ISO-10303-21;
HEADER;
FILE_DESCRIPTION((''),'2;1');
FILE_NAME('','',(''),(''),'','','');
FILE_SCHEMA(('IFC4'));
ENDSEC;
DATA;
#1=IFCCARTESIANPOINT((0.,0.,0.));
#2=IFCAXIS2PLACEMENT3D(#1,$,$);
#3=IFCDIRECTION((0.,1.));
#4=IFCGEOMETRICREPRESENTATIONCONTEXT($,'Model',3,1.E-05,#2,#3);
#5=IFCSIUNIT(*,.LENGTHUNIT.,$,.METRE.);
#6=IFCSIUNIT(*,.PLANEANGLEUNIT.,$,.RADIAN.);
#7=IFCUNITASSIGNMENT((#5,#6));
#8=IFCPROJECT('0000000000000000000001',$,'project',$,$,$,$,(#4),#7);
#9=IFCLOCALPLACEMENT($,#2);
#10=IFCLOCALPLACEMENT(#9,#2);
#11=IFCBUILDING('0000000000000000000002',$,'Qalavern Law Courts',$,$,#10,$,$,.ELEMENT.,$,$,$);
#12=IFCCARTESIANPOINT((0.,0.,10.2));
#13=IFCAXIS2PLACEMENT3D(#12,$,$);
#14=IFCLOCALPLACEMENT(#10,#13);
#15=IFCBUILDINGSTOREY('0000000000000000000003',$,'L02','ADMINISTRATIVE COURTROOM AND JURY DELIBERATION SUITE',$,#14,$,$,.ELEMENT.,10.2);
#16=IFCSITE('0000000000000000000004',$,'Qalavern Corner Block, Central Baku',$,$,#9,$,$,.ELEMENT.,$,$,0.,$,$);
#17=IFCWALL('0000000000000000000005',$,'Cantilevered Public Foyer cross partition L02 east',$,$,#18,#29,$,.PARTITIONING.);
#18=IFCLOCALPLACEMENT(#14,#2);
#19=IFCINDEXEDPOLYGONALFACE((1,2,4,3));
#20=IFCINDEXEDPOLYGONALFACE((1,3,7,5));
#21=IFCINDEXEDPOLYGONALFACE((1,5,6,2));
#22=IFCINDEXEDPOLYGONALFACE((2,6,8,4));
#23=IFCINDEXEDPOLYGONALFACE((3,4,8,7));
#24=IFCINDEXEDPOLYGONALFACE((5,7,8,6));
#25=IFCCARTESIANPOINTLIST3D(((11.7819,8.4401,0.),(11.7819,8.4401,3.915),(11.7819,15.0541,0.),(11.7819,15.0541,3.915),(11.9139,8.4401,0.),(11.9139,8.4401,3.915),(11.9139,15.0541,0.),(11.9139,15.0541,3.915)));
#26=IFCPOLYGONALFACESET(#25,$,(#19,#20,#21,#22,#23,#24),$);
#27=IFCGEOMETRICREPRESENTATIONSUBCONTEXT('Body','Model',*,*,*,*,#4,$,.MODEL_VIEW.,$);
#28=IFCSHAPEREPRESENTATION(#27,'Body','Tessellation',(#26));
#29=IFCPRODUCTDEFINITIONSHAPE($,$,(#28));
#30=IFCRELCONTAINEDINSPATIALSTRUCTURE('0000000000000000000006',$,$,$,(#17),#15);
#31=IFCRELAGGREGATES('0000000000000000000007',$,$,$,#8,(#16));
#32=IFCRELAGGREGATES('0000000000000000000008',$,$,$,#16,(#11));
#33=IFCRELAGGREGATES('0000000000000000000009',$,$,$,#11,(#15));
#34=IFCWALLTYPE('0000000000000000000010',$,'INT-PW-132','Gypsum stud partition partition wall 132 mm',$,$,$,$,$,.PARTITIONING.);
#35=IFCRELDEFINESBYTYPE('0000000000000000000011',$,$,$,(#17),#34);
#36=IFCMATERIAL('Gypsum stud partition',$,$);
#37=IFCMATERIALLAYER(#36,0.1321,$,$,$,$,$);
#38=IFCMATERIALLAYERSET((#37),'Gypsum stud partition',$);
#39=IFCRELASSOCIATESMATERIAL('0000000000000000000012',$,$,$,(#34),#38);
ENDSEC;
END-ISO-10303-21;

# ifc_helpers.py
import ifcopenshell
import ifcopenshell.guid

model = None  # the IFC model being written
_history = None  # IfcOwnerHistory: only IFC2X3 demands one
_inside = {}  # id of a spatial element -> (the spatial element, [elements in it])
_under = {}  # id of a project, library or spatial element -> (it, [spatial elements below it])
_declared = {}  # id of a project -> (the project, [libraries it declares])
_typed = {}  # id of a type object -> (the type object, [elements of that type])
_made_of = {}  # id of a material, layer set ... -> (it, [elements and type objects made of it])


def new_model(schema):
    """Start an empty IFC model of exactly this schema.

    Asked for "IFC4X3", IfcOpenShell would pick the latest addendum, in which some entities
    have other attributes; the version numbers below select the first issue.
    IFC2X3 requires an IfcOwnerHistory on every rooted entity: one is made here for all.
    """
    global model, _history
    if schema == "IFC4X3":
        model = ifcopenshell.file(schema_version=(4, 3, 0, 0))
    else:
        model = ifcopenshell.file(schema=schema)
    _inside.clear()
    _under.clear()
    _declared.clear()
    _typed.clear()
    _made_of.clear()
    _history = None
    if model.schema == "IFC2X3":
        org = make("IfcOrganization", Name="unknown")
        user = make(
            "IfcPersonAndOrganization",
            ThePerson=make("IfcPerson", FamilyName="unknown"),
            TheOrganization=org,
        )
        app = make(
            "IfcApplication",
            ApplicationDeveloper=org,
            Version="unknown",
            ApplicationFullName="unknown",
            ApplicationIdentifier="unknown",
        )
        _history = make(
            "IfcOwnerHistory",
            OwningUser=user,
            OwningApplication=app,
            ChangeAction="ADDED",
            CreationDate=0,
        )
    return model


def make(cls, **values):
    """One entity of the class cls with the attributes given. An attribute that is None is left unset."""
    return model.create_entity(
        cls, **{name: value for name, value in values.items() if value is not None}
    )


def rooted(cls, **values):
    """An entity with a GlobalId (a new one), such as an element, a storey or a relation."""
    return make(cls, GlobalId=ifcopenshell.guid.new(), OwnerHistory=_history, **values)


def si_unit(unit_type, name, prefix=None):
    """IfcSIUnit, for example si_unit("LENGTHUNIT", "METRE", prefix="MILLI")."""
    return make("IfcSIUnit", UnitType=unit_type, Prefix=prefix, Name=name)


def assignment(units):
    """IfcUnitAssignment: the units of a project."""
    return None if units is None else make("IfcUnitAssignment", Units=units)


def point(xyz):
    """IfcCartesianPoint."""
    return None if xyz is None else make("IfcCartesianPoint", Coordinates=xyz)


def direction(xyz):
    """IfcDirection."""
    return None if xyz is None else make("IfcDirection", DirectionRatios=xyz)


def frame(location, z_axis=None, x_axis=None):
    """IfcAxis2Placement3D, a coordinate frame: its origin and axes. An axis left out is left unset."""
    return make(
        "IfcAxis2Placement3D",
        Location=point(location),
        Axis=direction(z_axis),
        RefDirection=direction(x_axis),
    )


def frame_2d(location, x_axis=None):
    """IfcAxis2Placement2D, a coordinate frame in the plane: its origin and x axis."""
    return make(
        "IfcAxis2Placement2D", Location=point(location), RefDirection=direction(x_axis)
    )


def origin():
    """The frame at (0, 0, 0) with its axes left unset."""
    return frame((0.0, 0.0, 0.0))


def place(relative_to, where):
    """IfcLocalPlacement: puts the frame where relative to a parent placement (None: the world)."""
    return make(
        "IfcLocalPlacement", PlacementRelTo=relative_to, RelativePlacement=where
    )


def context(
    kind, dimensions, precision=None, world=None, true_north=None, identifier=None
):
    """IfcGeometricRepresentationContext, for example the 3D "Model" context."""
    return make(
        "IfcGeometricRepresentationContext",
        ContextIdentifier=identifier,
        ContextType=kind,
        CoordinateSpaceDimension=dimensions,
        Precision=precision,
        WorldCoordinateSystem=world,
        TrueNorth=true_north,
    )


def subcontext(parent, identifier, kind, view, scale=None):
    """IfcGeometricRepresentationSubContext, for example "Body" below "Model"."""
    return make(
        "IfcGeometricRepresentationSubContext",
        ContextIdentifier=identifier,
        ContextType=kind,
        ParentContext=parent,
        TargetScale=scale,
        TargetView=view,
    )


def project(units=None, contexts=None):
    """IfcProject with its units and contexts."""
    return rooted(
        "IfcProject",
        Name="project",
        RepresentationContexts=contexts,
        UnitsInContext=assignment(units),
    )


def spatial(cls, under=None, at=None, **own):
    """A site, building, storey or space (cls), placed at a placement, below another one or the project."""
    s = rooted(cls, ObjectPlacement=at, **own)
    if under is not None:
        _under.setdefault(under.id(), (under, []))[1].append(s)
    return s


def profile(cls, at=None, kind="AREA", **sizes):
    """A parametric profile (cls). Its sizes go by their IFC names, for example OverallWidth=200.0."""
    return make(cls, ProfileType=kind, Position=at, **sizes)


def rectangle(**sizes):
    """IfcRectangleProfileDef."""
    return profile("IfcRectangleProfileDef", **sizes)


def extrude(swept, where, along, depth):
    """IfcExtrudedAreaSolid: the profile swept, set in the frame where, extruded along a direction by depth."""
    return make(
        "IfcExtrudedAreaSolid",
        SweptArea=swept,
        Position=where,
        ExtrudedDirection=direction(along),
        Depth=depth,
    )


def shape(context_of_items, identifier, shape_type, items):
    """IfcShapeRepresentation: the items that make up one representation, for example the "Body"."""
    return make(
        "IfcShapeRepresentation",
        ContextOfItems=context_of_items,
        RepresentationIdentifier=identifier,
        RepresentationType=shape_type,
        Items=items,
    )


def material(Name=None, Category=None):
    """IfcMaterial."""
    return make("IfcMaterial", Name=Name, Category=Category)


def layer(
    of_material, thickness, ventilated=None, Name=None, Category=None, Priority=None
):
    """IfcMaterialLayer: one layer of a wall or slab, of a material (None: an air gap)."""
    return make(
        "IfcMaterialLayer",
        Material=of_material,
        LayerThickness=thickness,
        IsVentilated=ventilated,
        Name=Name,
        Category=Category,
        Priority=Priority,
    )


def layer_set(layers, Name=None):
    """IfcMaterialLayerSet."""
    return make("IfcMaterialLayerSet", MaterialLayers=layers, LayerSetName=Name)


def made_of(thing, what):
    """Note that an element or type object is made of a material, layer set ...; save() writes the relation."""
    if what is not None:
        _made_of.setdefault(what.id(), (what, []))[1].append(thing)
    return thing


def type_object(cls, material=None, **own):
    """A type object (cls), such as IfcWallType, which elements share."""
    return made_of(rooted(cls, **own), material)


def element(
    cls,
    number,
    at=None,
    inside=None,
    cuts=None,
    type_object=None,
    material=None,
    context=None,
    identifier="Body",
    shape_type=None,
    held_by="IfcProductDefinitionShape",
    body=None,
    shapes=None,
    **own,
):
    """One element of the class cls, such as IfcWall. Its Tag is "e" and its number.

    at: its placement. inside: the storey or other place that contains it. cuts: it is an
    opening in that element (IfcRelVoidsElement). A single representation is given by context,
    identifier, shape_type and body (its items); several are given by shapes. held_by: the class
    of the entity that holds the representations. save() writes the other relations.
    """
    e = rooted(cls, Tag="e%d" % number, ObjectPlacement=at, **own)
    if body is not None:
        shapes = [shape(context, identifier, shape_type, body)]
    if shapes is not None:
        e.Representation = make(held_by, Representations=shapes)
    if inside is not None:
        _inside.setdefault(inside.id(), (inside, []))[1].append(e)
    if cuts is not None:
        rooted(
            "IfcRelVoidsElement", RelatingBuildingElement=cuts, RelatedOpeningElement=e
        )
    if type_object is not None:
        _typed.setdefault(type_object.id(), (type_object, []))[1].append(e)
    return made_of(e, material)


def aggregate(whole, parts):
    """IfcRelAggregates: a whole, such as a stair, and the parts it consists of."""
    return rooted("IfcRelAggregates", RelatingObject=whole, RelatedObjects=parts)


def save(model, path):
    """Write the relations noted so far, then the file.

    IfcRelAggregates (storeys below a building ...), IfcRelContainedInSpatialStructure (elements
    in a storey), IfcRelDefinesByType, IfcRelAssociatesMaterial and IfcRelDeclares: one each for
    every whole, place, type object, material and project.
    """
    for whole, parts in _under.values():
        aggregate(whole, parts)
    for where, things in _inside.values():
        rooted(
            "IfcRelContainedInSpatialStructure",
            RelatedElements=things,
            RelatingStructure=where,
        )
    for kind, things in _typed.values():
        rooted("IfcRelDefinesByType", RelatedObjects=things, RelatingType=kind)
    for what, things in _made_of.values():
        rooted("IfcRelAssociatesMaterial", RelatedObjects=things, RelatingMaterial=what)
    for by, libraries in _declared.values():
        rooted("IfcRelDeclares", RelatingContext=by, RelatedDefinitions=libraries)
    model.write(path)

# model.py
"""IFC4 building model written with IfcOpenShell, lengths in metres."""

from ifc_helpers import new_model, si_unit, direction, frame, frame_2d, origin, place, context, subcontext, project, spatial, rectangle, extrude, material, layer, layer_set, type_object, element, save


model = new_model("IFC4")

# Units and contexts
model_context = context("Model", 3, precision=1e-05, world=origin(), true_north=direction((0.0, 1.0)))
body_context = subcontext(model_context, "Body", "Model", "MODEL_VIEW")
ifc_project = project(units=[si_unit("LENGTHUNIT", "METRE"), si_unit("PLANEANGLEUNIT", "RADIAN")], contexts=[model_context])

# Site, building, storey
site_placement = place(None, origin())
site = spatial("IfcSite", under=ifc_project, at=site_placement, Name="Qalavern Corner Block, Central Baku", CompositionType="ELEMENT", RefElevation=0.0)
building_placement = place(site_placement, origin())
building = spatial("IfcBuilding", under=site, at=building_placement, Name="Qalavern Law Courts", CompositionType="ELEMENT")
storey_placement = place(building_placement, frame((0.0, 0.0, 10.2)))
storey = spatial("IfcBuildingStorey", under=building, at=storey_placement, Name="L02", Description="ADMINISTRATIVE COURTROOM AND JURY DELIBERATION SUITE", CompositionType="ELEMENT", Elevation=10.2)

# Wall
ifc_material_1 = material(Name="Gypsum stud partition")
ifc_layer_1 = layer(ifc_material_1, 0.1321)
ifc_layer_set_1 = layer_set([ifc_layer_1], Name="Gypsum stud partition")
wall_type = type_object("IfcWallType", Name="INT-PW-132", Description="Gypsum stud partition partition wall 132 mm", PredefinedType="PARTITIONING", material=ifc_layer_set_1)
wall_placement = place(storey_placement, frame((11.8479, 8.4399, 0.0), z_axis=(0.0, 0.0, 1.0), x_axis=(0.0, 1.0, 0.0)))
element("IfcWall", 1, at=wall_placement, inside=storey, type_object=wall_type, Name="Cantilevered Public Foyer cross partition L02 east", PredefinedType="PARTITIONING", context=body_context, shape_type="SweptSolid", body=[
    extrude(rectangle(XDim=6.614, YDim=0.1321, at=frame_2d((3.3071, 0.0))), origin(), (0.0, 0.0, 1.0), 3.915),
])

save(model, "model.ifc")
